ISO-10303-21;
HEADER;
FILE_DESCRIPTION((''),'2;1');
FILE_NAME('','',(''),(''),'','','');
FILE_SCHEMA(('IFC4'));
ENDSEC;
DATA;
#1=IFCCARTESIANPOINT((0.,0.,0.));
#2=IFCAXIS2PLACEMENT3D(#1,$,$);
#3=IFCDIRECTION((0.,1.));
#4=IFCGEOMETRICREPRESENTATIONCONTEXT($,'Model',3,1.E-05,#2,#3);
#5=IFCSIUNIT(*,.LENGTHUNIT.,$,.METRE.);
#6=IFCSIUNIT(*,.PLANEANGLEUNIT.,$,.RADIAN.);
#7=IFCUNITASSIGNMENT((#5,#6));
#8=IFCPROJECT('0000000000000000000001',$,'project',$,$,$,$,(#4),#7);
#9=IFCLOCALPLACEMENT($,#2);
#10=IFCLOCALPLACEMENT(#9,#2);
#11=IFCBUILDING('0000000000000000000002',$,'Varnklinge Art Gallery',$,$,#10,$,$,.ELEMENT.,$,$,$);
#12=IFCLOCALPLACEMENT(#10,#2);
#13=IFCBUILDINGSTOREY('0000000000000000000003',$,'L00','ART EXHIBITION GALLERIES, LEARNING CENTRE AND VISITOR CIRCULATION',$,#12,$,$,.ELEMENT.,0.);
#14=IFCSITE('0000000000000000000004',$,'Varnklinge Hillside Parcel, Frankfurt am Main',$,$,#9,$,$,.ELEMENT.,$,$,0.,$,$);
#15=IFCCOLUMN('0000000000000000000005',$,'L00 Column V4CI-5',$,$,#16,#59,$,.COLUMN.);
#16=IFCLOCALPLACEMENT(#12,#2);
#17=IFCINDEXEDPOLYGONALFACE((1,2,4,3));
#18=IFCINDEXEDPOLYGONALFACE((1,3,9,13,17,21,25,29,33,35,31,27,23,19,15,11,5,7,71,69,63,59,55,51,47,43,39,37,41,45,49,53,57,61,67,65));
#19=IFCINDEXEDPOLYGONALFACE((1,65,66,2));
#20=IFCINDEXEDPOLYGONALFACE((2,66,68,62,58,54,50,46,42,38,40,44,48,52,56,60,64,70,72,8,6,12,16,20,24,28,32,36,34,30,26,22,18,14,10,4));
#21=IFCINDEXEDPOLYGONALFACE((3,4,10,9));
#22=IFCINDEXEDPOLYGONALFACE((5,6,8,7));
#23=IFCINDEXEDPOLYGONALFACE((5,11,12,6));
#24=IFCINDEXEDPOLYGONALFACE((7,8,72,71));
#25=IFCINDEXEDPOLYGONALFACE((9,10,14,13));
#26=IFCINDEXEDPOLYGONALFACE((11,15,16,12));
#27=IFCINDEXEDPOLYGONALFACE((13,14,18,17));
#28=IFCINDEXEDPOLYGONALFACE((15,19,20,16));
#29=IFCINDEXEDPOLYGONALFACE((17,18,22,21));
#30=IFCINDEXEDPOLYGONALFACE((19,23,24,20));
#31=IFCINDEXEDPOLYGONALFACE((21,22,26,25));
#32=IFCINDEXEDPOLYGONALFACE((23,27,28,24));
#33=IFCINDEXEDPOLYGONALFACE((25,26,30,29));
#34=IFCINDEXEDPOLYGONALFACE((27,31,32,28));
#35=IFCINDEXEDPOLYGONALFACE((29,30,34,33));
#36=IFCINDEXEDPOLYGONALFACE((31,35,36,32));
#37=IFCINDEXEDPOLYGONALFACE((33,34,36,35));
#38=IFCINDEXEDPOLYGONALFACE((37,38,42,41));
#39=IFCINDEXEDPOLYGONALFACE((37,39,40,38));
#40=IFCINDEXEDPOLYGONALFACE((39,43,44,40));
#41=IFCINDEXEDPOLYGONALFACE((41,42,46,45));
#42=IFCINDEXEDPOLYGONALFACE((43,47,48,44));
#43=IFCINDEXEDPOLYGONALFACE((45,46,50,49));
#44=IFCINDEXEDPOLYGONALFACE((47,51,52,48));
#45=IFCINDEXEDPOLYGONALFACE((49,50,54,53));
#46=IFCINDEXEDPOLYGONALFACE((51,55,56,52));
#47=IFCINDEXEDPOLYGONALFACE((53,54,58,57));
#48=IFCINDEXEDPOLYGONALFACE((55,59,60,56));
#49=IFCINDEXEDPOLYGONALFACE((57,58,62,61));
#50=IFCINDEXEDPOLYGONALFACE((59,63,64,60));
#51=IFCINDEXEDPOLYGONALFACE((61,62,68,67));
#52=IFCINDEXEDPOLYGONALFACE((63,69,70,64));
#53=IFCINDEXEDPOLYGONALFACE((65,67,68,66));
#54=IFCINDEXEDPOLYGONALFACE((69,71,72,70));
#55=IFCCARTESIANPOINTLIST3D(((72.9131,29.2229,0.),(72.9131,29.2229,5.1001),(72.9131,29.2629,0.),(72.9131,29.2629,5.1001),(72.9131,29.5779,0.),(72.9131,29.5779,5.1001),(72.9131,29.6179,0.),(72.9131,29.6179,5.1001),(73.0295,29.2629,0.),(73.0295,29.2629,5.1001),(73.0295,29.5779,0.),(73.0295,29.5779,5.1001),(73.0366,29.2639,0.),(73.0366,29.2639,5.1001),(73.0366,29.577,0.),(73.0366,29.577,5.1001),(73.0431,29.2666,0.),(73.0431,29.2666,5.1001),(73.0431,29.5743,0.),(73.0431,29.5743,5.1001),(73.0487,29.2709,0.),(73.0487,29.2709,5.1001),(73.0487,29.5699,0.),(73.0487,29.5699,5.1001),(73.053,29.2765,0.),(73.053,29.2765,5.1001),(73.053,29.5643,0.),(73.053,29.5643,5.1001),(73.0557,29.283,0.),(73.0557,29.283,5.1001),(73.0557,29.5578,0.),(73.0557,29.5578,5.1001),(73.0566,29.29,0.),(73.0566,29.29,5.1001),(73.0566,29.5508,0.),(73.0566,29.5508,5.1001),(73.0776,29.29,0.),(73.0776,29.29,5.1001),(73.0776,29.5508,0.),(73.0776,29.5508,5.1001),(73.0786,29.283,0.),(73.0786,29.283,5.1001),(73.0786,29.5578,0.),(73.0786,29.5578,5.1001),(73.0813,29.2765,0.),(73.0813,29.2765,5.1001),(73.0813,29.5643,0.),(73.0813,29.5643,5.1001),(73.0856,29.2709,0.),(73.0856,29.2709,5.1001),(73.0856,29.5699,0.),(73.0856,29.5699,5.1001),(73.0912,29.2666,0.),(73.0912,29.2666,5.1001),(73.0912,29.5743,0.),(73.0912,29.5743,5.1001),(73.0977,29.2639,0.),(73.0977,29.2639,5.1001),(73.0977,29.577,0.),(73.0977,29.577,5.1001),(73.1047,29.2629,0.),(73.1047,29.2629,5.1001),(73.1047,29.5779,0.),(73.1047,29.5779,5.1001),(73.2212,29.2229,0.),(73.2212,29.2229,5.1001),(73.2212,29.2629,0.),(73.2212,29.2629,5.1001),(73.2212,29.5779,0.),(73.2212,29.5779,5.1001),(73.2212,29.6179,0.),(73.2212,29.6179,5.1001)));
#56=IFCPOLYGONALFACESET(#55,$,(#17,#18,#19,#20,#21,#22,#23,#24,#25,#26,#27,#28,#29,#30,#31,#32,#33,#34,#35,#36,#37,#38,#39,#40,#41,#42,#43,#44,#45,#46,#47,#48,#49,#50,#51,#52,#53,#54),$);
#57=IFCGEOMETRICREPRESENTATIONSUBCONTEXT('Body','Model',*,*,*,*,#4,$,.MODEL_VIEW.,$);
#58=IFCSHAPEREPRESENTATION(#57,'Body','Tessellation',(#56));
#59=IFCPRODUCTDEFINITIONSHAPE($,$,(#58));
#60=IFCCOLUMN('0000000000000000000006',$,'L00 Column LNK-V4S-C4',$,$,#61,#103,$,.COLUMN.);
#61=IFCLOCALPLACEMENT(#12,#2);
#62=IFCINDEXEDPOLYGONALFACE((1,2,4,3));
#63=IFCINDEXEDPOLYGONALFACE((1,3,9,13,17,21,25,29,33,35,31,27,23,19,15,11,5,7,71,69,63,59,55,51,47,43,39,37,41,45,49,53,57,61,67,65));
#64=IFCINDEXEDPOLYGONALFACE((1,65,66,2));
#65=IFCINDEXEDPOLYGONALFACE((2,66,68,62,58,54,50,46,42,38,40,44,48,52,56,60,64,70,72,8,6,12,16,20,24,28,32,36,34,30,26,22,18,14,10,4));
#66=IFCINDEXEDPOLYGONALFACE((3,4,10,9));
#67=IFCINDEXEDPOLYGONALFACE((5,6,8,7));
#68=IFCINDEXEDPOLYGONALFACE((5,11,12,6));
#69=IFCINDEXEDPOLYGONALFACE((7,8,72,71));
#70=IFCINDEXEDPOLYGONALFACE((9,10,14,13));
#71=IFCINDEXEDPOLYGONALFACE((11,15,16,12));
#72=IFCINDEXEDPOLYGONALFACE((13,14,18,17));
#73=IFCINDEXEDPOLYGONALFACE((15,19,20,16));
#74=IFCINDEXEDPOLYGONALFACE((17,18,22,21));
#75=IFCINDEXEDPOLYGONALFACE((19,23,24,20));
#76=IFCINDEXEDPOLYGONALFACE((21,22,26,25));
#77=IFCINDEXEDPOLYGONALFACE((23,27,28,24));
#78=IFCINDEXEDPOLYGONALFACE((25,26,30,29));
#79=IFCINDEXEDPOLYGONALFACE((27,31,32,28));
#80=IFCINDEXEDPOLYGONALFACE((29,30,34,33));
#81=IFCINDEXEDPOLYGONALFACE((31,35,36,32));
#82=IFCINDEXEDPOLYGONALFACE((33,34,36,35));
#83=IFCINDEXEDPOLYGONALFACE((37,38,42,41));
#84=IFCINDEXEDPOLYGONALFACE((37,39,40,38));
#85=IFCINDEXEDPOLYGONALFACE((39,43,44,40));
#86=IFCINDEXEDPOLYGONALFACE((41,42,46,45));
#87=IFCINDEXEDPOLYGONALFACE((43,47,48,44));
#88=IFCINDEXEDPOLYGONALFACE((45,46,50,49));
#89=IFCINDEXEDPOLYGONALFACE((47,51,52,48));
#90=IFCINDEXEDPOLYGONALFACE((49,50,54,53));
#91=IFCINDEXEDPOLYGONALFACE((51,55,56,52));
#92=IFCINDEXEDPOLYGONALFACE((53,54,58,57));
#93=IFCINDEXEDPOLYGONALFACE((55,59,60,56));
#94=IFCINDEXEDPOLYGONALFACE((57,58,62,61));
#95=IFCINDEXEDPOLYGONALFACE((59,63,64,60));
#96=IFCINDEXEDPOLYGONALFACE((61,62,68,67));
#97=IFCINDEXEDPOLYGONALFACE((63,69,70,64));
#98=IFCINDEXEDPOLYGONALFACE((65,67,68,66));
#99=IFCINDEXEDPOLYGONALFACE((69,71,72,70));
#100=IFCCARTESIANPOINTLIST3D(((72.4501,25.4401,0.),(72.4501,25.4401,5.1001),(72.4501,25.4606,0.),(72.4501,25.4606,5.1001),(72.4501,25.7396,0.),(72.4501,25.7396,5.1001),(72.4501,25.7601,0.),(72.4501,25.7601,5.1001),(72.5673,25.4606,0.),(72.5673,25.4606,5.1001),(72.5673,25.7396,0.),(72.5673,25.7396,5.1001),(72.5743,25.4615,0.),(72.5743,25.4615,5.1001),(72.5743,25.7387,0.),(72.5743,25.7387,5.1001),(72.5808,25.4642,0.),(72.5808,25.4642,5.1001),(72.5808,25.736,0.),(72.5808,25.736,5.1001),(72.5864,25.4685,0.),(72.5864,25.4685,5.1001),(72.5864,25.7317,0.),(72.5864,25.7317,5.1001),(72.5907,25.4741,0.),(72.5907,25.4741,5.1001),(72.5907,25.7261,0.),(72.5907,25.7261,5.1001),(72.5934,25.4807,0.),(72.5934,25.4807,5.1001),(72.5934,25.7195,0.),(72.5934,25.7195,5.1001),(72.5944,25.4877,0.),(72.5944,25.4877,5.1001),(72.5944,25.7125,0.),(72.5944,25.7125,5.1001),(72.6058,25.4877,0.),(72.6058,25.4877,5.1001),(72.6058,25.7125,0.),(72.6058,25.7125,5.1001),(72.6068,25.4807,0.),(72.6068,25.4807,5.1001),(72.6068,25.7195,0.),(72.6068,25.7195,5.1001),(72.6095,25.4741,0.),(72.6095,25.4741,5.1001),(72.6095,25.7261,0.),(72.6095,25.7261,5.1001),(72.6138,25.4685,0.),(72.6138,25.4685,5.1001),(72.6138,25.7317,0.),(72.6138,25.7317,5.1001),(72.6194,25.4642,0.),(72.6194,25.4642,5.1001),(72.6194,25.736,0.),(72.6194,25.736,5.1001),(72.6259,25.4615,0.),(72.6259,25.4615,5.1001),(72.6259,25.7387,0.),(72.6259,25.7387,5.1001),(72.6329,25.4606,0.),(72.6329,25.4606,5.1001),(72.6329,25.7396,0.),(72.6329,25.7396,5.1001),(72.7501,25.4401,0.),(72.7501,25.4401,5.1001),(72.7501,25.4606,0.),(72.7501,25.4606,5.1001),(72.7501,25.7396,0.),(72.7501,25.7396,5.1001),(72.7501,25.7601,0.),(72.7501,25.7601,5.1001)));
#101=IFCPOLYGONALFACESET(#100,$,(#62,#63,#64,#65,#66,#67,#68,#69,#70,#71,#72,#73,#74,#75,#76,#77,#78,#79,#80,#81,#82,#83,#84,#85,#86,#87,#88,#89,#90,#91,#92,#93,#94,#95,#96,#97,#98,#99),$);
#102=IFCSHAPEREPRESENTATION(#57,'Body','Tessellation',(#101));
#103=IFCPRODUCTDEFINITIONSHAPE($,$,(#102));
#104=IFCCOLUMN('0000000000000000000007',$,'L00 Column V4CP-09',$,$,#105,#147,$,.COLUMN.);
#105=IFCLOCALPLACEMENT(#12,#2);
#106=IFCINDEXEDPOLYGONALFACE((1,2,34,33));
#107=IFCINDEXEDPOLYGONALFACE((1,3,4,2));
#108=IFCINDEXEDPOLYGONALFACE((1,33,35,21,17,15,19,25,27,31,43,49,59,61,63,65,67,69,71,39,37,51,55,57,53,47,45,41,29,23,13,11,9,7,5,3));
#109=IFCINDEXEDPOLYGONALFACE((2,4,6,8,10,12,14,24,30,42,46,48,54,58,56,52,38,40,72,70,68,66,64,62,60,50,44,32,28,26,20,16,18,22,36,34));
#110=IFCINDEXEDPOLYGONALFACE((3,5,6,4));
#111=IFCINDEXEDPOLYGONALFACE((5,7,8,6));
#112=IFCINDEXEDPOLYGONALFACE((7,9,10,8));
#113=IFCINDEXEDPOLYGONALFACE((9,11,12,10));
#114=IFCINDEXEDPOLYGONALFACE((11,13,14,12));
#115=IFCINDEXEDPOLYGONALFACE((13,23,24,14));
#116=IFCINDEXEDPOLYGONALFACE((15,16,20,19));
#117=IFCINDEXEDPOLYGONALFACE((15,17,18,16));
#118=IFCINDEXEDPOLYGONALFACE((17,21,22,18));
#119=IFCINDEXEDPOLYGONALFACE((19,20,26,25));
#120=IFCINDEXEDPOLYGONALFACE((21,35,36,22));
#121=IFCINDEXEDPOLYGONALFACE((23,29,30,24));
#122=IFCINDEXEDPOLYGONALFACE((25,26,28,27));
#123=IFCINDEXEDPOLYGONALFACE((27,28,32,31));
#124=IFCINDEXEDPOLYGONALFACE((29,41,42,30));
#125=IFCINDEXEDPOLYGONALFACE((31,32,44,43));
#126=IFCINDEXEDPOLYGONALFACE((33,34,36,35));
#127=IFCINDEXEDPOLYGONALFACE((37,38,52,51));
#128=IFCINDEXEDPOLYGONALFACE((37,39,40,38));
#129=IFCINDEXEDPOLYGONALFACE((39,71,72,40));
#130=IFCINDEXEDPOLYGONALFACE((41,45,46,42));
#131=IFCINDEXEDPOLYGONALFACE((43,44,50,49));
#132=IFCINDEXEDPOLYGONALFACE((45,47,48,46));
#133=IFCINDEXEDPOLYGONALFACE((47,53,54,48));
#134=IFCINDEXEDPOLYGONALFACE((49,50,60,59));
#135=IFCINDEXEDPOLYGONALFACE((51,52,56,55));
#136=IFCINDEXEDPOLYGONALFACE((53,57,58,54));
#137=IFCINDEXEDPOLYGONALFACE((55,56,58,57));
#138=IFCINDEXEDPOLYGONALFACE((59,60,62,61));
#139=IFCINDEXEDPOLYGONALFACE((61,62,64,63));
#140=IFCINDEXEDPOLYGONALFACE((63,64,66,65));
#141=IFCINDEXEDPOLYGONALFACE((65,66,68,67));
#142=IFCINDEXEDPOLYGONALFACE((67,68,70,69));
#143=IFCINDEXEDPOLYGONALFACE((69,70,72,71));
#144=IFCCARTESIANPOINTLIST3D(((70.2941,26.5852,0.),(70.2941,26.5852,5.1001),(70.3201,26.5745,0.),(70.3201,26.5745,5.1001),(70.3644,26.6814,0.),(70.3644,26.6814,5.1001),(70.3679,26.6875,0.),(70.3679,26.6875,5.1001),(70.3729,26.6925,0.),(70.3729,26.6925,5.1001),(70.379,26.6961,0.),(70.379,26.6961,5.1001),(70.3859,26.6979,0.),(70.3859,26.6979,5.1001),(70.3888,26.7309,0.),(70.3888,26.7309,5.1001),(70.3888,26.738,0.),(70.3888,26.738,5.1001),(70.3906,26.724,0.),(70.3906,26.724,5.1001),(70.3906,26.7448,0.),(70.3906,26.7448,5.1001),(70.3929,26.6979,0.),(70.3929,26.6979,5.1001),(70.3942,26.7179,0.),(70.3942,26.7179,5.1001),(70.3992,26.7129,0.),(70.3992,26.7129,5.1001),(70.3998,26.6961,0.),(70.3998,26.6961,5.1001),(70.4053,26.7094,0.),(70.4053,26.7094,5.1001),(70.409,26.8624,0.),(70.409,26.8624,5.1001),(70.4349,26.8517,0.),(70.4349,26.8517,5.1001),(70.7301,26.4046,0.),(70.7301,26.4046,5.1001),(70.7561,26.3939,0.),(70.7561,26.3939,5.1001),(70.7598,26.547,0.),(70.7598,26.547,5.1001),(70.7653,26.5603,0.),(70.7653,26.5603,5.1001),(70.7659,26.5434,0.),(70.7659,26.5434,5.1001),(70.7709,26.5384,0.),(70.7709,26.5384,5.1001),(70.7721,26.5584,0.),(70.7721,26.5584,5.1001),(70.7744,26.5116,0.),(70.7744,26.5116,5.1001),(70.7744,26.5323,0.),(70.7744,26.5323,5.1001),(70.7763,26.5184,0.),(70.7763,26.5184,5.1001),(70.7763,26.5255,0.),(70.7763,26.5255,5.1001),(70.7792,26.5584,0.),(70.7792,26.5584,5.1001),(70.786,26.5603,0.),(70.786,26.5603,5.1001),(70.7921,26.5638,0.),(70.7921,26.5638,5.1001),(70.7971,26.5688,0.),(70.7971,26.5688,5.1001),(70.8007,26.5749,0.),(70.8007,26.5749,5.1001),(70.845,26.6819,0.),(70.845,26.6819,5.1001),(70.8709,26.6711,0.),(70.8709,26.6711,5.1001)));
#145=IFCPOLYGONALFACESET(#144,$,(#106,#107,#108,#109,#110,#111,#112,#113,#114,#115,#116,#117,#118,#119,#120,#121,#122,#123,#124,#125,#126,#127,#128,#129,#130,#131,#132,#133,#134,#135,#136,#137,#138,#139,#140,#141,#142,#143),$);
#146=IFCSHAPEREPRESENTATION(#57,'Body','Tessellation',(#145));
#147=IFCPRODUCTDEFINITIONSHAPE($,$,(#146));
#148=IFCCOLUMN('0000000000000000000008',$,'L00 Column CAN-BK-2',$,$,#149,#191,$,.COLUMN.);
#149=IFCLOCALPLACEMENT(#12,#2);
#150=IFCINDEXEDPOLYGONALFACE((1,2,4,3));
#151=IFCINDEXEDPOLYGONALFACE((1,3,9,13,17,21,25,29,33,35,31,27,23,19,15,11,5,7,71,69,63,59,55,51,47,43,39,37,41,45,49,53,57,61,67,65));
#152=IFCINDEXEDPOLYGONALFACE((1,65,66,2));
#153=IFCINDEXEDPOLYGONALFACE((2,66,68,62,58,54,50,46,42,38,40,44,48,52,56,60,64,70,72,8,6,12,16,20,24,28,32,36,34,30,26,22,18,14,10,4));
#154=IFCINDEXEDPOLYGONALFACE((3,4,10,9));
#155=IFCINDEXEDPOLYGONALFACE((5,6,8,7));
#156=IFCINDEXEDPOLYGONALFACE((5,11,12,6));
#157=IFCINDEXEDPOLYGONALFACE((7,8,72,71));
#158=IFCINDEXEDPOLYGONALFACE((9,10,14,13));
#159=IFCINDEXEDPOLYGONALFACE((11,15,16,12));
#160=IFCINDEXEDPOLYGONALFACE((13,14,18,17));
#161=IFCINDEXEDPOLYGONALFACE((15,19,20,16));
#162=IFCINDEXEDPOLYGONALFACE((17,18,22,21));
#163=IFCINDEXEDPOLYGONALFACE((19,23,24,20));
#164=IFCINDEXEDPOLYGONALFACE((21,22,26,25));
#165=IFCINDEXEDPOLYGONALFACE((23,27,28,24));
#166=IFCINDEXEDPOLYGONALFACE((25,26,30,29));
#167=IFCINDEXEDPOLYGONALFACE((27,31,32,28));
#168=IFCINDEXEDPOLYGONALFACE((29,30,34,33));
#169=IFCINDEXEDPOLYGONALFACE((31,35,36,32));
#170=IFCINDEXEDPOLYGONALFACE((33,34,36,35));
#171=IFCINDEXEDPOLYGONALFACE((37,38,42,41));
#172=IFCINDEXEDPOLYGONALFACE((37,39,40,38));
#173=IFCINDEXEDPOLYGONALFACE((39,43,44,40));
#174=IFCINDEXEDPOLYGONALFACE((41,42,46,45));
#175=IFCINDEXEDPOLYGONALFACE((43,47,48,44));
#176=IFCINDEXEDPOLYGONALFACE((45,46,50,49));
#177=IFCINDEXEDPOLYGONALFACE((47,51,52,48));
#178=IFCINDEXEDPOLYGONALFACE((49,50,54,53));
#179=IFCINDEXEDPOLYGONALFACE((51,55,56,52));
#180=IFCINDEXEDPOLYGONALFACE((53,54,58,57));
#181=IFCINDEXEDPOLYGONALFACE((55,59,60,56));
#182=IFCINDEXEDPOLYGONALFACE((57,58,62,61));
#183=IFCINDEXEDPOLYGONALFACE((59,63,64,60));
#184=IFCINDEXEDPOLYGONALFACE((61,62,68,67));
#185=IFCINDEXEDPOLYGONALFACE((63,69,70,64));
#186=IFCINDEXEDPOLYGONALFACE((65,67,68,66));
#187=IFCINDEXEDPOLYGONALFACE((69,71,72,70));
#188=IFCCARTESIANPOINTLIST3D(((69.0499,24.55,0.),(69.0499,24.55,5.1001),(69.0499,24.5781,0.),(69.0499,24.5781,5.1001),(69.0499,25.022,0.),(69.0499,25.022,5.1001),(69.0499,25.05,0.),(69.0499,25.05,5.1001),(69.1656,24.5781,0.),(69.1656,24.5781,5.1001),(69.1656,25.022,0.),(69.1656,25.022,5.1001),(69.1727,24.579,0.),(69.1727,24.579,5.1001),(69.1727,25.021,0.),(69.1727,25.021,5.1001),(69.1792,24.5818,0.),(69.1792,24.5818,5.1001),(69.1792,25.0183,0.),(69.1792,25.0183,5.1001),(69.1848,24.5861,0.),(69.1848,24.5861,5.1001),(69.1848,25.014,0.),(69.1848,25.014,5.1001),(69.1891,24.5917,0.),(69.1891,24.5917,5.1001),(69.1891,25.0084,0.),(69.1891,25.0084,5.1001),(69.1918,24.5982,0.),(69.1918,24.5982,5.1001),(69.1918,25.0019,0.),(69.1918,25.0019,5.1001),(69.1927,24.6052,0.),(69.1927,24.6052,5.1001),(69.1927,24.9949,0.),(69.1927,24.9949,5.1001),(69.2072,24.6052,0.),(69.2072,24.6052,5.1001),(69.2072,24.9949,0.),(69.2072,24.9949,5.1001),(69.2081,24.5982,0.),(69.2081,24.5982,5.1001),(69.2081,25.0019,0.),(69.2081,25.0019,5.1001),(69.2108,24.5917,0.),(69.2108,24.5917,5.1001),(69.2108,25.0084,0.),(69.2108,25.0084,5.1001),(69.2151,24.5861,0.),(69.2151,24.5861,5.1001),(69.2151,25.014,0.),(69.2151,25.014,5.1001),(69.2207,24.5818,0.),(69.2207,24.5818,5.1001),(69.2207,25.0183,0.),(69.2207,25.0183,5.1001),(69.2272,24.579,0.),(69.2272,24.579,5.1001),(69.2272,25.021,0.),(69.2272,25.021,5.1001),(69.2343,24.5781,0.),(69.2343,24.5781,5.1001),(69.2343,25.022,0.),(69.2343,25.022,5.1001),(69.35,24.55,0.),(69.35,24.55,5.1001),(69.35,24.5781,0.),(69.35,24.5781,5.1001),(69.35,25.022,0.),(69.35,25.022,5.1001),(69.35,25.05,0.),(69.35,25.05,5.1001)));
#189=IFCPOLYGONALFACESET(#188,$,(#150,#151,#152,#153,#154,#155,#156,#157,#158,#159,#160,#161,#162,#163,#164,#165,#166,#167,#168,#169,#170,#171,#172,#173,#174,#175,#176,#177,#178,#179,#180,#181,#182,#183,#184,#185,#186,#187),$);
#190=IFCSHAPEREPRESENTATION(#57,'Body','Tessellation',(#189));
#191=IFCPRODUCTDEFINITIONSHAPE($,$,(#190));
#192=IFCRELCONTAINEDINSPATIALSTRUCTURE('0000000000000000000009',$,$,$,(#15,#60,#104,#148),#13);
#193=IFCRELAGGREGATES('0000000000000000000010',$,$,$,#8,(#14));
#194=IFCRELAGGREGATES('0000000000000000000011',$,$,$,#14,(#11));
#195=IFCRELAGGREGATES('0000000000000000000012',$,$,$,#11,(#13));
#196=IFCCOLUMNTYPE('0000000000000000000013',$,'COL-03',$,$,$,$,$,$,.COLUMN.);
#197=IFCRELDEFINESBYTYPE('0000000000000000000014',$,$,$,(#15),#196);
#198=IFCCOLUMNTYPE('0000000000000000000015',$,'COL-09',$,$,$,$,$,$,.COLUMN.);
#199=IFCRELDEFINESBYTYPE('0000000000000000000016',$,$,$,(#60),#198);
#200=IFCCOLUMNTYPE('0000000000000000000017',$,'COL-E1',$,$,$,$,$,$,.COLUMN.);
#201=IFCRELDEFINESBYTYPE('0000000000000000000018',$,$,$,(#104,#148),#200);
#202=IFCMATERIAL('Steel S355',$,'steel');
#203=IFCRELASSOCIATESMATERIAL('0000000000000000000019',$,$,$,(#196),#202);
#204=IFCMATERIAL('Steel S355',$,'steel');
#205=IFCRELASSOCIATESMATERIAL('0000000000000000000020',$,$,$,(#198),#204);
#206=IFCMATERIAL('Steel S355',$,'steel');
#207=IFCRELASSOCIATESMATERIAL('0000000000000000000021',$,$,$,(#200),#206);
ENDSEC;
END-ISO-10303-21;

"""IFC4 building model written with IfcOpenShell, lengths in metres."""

from ifc_helpers import new_model, si_unit, direction, frame, origin, origin_2d, place, context, subcontext, project, spatial, i_section, extrude, material, material_profile, profile_set, type_object, element, save


model = new_model("IFC4")

# Units and contexts
model_context = context("Model", 3, precision=1e-05, world=origin(), true_north=direction((0.0, 1.0)))
body_context = subcontext(model_context, "Body", "Model", "MODEL_VIEW")
ifc_project = project(units=[si_unit("LENGTHUNIT", "METRE"), si_unit("PLANEANGLEUNIT", "RADIAN")], contexts=[model_context])

# Site, building, storey
site_placement = place(None, origin())
site = spatial("IfcSite", under=ifc_project, at=site_placement, Name="Varnklinge Hillside Parcel, Frankfurt am Main", CompositionType="ELEMENT", RefElevation=0.0)
building_placement = place(site_placement, origin())
building = spatial("IfcBuilding", under=site, at=building_placement, Name="Varnklinge Art Gallery", CompositionType="ELEMENT")
storey_placement = place(building_placement, origin())
storey = spatial("IfcBuildingStorey", under=building, at=storey_placement, Name="L00", Description="ART EXHIBITION GALLERIES, LEARNING CENTRE AND VISITOR CIRCULATION", CompositionType="ELEMENT", Elevation=0.0)

# Columns
ifc_material_1 = material(Name="Steel S355", Category="steel")
ifc_material_profile_1 = material_profile(ifc_material_1, i_section(OverallWidth=0.3081, OverallDepth=0.395, WebThickness=0.021, FlangeThickness=0.04, FilletRadius=0.0271, at=origin_2d()), Name="HEM 360")
ifc_profile_set_1 = profile_set([ifc_material_profile_1], Name="Steel S355")
column_type_1 = type_object("IfcColumnType", Name="COL-03", PredefinedType="COLUMN", material=ifc_profile_set_1)
column_1_placement = place(storey_placement, frame((73.0671, 29.4204, 0.0), z_axis=(0.0, 0.0, 1.0), x_axis=(1.0, 0.0, 0.0)))
element("IfcColumn", 1, at=column_1_placement, inside=storey, type_object=column_type_1, Name="L00 Column V4CI-5", PredefinedType="COLUMN", context=body_context, shape_type="SweptSolid", body=[
    extrude(i_section(OverallWidth=0.3081, OverallDepth=0.395, WebThickness=0.021, FlangeThickness=0.04, FilletRadius=0.0271, at=origin_2d()), origin(), (0.0, 0.0, 1.0), 5.1001),
])
ifc_material_2 = material(Name="Steel S355", Category="steel")
ifc_material_profile_2 = material_profile(ifc_material_2, i_section(OverallWidth=0.3, OverallDepth=0.3201, WebThickness=0.0115, FlangeThickness=0.0205, FilletRadius=0.0271, at=origin_2d()), Name="HEB 320")
ifc_profile_set_2 = profile_set([ifc_material_profile_2], Name="Steel S355")
column_type_2 = type_object("IfcColumnType", Name="COL-09", PredefinedType="COLUMN", material=ifc_profile_set_2)
column_2_placement = place(storey_placement, frame((72.6001, 25.6001, 0.0), z_axis=(0.0, 0.0, 1.0), x_axis=(1.0, 0.0, 0.0)))
element("IfcColumn", 2, at=column_2_placement, inside=storey, type_object=column_type_2, Name="L00 Column LNK-V4S-C4", PredefinedType="COLUMN", context=body_context, shape_type="SweptSolid", body=[
    extrude(i_section(OverallWidth=0.3, OverallDepth=0.3201, WebThickness=0.0115, FlangeThickness=0.0205, FilletRadius=0.0271, at=origin_2d()), origin(), (0.0, 0.0, 1.0), 5.1001),
])
ifc_material_3 = material(Name="Steel S355", Category="steel")
ifc_material_profile_3 = material_profile(ifc_material_3, i_section(OverallWidth=0.3, OverallDepth=0.5, WebThickness=0.0144, FlangeThickness=0.0281, FilletRadius=0.0271, at=origin_2d()), Name="HEB 500")
ifc_profile_set_3 = profile_set([ifc_material_profile_3], Name="Steel S355")
column_type_3 = type_object("IfcColumnType", Name="COL-E1", PredefinedType="COLUMN", material=ifc_profile_set_3)
for number, where, z_axis, x_axis, name in (
    (3, (70.5825, 26.6282, 0.0), (0.0, 0.0, 1.0), (-0.382683, -0.92388, 0.0), "L00 Column V4CP-09"),
    (4, (69.2, 24.8, 0.0), (0.0, 0.0, 1.0), (1.0, 0.0, 0.0), "L00 Column CAN-BK-2"),
):
    element("IfcColumn", number, at=place(storey_placement, frame(where, z_axis=z_axis, x_axis=x_axis)), inside=storey, type_object=column_type_3, Name=name, PredefinedType="COLUMN", context=body_context, shape_type="SweptSolid", body=[
        extrude(i_section(OverallWidth=0.3, OverallDepth=0.5, WebThickness=0.0144, FlangeThickness=0.0281, FilletRadius=0.0271, at=origin_2d()), origin(), (0.0, 0.0, 1.0), 5.1001),
    ])

save(model, "model.ifc")
